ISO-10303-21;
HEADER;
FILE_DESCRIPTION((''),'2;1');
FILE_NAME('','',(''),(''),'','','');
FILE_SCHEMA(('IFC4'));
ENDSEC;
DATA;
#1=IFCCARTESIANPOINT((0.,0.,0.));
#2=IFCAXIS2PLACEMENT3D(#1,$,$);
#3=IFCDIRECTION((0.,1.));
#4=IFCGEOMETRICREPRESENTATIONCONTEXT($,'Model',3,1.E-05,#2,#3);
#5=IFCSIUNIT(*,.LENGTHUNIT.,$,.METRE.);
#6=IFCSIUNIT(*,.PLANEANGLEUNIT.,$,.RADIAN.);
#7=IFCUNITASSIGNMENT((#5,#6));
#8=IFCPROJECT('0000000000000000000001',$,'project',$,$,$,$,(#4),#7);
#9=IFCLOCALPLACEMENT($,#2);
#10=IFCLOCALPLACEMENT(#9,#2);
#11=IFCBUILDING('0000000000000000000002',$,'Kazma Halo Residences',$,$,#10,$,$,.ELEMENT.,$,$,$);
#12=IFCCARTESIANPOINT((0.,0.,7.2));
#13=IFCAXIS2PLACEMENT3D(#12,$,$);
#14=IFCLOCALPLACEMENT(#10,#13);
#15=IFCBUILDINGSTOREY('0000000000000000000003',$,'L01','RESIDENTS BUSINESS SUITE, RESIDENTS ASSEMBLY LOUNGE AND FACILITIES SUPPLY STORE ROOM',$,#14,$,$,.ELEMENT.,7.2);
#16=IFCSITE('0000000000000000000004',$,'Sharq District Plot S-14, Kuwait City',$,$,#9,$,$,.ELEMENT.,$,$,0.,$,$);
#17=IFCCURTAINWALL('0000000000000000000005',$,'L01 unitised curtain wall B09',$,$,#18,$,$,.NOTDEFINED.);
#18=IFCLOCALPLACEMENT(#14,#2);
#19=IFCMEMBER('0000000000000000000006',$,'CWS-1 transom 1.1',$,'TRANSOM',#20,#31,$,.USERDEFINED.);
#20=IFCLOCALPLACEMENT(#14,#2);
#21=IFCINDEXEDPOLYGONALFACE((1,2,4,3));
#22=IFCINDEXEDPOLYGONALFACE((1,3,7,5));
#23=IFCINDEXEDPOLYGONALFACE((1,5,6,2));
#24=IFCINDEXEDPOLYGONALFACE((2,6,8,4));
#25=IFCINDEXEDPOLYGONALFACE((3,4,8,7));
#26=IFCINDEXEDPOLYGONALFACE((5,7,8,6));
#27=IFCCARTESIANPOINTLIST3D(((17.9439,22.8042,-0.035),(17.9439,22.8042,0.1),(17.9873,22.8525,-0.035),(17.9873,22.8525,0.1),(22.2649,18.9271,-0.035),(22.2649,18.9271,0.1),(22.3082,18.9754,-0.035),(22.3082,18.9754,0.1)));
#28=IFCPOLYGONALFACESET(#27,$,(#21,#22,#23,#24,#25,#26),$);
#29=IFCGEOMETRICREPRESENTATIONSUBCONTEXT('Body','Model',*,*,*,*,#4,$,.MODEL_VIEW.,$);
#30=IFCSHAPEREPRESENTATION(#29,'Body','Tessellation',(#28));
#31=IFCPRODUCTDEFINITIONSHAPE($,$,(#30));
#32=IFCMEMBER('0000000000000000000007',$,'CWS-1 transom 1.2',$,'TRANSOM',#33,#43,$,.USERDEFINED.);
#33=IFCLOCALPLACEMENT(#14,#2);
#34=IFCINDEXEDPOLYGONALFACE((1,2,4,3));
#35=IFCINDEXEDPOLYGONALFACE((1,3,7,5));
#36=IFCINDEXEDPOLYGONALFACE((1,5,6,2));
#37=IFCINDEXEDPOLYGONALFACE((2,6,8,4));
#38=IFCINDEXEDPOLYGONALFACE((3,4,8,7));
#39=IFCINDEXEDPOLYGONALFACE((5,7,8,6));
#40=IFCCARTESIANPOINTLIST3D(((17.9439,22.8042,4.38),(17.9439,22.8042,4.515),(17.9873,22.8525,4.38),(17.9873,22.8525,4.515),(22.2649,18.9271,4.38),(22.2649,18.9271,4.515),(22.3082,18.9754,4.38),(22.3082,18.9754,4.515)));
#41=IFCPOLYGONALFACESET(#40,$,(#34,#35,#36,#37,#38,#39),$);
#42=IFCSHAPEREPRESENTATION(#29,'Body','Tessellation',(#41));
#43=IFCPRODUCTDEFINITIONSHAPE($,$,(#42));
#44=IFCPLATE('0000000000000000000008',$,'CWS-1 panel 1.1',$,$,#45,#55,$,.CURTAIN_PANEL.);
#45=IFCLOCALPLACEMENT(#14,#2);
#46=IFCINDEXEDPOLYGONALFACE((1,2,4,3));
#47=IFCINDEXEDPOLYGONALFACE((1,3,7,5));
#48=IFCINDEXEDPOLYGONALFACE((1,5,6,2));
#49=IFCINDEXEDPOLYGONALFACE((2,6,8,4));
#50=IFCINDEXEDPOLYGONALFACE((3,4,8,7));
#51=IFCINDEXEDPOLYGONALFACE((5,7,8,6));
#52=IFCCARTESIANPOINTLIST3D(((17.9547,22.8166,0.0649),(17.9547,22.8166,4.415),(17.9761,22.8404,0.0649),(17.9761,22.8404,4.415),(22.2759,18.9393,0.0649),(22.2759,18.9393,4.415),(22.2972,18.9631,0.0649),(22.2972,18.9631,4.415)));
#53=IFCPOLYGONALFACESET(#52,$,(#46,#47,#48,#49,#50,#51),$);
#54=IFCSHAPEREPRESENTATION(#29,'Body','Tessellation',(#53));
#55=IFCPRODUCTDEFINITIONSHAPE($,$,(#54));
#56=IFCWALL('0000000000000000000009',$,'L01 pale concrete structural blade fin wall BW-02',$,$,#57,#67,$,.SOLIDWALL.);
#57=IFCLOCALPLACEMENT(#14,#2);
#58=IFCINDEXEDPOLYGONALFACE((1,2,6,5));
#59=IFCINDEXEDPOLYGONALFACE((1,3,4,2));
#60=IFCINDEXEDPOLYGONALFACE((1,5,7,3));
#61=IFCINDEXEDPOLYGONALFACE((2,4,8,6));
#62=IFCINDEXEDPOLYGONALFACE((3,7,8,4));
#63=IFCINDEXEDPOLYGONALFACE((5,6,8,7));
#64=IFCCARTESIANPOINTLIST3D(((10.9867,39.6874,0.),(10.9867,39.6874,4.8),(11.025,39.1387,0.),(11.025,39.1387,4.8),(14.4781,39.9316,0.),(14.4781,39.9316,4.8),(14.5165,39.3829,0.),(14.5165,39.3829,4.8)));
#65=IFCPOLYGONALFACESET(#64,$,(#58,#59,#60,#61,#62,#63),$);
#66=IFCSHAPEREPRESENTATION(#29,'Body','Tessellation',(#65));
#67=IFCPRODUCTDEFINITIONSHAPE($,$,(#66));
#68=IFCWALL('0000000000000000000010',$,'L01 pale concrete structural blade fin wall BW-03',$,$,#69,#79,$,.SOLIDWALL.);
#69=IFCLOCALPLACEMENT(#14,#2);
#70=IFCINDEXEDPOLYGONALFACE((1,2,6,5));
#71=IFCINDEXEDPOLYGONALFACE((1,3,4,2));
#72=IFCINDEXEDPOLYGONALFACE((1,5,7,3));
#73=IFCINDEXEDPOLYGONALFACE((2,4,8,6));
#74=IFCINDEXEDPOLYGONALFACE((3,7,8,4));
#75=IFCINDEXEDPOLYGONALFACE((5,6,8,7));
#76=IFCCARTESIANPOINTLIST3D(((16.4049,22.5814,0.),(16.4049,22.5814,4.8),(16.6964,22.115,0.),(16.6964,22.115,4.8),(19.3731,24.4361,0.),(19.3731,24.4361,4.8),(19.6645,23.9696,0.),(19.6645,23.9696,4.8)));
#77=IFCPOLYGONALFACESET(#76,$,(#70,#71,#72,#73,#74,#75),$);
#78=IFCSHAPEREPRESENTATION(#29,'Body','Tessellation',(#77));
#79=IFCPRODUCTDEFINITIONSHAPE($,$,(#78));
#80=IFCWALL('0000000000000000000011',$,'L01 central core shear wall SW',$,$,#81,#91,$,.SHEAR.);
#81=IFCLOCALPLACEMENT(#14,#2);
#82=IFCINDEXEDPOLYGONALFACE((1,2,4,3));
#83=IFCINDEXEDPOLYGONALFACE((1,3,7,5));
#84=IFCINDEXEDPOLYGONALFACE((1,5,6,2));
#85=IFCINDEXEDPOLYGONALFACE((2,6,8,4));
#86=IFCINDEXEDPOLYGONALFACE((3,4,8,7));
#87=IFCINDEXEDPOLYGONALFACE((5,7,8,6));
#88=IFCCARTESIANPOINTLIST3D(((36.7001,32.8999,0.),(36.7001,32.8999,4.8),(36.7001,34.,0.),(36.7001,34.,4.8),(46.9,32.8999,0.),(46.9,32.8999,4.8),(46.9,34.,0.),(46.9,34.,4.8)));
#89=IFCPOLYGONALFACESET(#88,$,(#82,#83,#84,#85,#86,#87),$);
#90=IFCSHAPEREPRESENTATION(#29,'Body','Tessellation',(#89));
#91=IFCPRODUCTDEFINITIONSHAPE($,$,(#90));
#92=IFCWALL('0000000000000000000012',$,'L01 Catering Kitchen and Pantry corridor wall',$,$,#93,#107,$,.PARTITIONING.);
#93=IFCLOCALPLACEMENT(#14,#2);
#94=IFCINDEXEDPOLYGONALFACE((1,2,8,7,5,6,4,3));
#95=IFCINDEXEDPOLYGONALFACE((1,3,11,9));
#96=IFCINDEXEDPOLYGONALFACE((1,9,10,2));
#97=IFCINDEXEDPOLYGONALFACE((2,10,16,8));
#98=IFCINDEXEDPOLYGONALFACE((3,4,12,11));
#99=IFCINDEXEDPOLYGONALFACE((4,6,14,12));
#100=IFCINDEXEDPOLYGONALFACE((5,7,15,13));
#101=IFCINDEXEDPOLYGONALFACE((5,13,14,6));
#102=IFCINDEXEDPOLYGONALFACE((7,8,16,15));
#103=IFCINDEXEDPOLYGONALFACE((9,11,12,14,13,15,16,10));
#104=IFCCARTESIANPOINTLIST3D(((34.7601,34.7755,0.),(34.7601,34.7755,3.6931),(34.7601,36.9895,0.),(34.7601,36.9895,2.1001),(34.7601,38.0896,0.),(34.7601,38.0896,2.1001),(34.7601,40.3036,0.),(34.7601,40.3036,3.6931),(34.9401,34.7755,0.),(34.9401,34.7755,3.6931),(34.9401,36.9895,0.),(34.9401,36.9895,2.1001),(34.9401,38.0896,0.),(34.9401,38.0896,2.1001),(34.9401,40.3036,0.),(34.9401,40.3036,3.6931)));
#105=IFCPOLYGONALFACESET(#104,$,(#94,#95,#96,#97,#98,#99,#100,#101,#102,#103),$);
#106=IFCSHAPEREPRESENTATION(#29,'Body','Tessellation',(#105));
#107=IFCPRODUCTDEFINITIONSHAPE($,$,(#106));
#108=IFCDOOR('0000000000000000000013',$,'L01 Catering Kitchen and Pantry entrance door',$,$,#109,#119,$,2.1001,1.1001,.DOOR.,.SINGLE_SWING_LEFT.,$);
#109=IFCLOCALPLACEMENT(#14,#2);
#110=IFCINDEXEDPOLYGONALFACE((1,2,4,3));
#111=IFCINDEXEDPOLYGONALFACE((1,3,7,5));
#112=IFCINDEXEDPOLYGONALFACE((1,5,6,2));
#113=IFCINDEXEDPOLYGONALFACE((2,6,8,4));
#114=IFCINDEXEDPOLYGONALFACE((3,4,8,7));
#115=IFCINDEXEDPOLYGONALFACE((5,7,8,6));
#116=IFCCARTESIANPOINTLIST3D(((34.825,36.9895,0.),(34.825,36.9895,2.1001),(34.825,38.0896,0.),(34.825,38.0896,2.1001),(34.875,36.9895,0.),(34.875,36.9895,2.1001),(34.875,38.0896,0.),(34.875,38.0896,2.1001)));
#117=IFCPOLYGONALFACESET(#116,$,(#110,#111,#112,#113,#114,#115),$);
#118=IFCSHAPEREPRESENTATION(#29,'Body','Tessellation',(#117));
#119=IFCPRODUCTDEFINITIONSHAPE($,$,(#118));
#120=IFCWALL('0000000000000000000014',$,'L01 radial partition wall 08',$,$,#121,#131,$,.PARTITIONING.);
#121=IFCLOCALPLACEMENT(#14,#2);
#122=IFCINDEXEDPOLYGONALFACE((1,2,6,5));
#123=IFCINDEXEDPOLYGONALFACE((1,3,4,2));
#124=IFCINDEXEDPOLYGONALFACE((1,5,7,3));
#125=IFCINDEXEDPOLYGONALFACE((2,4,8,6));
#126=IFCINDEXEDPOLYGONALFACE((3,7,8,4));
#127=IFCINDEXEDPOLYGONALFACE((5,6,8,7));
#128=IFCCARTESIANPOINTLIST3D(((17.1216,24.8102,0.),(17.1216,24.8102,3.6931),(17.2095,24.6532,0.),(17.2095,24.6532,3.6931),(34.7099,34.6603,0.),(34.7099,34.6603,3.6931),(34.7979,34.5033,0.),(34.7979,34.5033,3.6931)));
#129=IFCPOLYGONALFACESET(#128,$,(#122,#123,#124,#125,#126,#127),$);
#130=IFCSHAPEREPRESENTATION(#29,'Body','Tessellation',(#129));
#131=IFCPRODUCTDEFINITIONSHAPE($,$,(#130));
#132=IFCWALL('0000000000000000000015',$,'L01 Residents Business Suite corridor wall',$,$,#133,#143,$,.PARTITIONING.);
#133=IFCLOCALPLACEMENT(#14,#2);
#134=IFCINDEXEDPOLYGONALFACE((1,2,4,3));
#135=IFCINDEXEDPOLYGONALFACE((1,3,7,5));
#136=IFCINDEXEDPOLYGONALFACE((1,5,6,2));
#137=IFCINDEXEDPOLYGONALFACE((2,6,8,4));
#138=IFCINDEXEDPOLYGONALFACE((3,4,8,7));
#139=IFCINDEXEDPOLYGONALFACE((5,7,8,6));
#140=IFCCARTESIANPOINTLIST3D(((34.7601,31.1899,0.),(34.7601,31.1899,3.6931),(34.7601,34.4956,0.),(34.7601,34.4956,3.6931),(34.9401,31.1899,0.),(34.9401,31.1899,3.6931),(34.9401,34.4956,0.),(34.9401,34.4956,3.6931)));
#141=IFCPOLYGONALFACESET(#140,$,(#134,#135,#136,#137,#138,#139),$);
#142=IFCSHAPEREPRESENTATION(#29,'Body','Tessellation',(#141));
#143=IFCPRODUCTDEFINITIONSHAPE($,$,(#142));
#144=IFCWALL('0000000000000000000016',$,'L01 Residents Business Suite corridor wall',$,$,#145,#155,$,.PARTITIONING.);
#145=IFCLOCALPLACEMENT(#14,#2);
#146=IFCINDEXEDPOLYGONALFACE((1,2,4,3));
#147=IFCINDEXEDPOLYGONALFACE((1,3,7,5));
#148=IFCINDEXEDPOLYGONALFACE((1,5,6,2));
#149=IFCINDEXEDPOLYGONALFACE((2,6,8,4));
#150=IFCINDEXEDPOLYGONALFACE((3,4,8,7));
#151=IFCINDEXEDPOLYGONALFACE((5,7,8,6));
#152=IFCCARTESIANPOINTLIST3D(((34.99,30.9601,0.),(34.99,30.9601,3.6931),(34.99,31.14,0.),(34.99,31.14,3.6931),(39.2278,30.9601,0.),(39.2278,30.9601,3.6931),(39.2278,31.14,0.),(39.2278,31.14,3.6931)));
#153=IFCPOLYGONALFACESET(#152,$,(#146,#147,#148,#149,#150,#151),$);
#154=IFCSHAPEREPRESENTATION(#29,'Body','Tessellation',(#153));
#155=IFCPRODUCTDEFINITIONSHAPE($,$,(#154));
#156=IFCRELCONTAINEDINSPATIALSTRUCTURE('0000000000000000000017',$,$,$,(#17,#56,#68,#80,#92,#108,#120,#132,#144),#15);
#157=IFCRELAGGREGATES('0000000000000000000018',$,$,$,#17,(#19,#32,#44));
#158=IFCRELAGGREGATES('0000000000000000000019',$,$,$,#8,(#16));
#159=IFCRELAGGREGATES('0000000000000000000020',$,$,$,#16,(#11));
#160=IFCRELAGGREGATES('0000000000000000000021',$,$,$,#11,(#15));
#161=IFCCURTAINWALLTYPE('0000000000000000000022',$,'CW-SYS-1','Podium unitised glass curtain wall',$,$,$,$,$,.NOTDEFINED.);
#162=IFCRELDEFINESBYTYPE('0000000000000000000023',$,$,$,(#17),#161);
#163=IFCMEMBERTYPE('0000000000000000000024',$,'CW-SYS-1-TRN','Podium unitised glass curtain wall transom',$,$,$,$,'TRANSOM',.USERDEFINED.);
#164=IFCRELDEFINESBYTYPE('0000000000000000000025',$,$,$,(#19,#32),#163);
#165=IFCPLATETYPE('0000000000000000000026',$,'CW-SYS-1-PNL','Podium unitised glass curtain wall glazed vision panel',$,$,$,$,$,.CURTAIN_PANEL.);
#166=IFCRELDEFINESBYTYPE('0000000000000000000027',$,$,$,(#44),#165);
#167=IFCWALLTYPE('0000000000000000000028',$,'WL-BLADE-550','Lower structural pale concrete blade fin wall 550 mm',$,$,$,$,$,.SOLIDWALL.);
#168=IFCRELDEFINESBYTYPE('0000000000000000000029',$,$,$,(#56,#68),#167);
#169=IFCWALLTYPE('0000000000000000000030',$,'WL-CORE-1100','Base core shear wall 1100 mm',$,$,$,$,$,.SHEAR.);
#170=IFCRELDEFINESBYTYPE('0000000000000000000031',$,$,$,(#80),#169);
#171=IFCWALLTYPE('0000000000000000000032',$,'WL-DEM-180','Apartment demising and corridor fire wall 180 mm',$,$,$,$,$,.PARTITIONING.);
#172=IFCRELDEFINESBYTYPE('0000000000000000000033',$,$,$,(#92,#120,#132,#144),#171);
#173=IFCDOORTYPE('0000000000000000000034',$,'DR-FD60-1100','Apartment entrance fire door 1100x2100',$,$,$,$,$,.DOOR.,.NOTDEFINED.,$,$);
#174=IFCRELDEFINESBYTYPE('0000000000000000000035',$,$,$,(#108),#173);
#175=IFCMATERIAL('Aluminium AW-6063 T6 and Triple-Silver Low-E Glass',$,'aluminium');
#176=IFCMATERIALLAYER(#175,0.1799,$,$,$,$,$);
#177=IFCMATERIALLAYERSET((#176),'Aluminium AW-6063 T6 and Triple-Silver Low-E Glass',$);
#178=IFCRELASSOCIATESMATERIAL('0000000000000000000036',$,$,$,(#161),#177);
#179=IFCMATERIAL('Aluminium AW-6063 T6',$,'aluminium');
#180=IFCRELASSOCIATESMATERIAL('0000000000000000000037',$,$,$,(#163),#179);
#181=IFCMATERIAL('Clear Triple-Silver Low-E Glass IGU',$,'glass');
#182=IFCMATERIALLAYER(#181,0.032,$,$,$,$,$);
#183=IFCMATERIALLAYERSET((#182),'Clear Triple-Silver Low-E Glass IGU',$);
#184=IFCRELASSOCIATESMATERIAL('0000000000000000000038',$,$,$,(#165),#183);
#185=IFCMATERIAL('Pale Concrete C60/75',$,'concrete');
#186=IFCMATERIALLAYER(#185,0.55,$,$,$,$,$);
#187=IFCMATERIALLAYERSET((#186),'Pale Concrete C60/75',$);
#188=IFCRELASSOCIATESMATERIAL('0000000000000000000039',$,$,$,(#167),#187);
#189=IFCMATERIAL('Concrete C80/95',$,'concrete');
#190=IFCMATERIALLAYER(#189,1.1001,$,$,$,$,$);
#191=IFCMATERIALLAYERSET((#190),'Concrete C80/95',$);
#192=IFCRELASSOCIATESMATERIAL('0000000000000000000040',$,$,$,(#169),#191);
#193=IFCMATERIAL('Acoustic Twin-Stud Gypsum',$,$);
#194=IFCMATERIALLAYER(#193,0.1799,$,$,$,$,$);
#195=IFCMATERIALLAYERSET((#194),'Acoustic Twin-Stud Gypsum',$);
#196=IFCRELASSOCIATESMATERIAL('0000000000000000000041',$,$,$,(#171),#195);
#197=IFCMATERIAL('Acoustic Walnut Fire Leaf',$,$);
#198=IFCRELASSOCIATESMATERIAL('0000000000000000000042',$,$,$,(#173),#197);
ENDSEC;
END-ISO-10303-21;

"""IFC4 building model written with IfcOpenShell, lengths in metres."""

from ifc_helpers import new_model, si_unit, direction, frame, frame_2d, origin, origin_2d, place, context, subcontext, project, spatial, rectangle, extrude, material, layer, layer_set, material_profile, profile_set, type_object, element, fill, aggregate, save


model = new_model("IFC4")

# Units and contexts
model_context = context("Model", 3, precision=1e-05, world=origin(), true_north=direction((0.0, 1.0)))
body_context = subcontext(model_context, "Body", "Model", "MODEL_VIEW")
ifc_project = project(units=[si_unit("LENGTHUNIT", "METRE"), si_unit("PLANEANGLEUNIT", "RADIAN")], contexts=[model_context])

# Site, building, storey
site_placement = place(None, origin())
site = spatial("IfcSite", under=ifc_project, at=site_placement, Name="Sharq District Plot S-14, Kuwait City", CompositionType="ELEMENT", RefElevation=0.0)
building_placement = place(site_placement, origin())
building = spatial("IfcBuilding", under=site, at=building_placement, Name="Kazma Halo Residences", CompositionType="ELEMENT")
storey_placement = place(building_placement, frame((0.0, 0.0, 7.2)))
storey = spatial("IfcBuildingStorey", under=building, at=storey_placement, Name="L01", Description="RESIDENTS BUSINESS SUITE, RESIDENTS ASSEMBLY LOUNGE AND FACILITIES SUPPLY STORE ROOM", CompositionType="ELEMENT", Elevation=7.2)

# Shared definitions
ifc_material_1 = material(Name="Concrete C80/95", Category="concrete")

# Shared definitions
ifc_material_2 = material(Name="Aluminium AW-6063 T6 and Triple-Silver Low-E Glass", Category="aluminium")
ifc_layer_1 = layer(ifc_material_2, 0.1799)
ifc_layer_set_1 = layer_set([ifc_layer_1], Name="Aluminium AW-6063 T6 and Triple-Silver Low-E Glass")
curtain_wall_type = type_object("IfcCurtainWallType", Name="CW-SYS-1", Description="Podium unitised glass curtain wall", PredefinedType="NOTDEFINED", material=ifc_layer_set_1)
ifc_material_3 = material(Name="Aluminium AW-6063 T6", Category="aluminium")

# Curtain wall, members, plate
curtain_wall_1_placement = place(storey_placement, origin())
curtain_wall_1 = element("IfcCurtainWall", 1, at=curtain_wall_1_placement, inside=storey, type_object=curtain_wall_type, Name="L01 unitised curtain wall B09", PredefinedType="NOTDEFINED")
ifc_material_profile_1 = material_profile(ifc_material_3, rectangle(XDim=0.0649, YDim=0.135, at=origin_2d()), Name="CWT-65x135")
ifc_profile_set_1 = profile_set([ifc_material_profile_1], Name="Aluminium AW-6063 T6")
member_type_1 = type_object("IfcMemberType", Name="CW-SYS-1-TRN", Description="Podium unitised glass curtain wall transom", ElementType="TRANSOM", PredefinedType="USERDEFINED", material=ifc_profile_set_1)
member_1_placement = place(storey_placement, frame((17.9656, 22.8284, 0.0325), z_axis=(0.744299, -0.667846, 0.0), x_axis=(0.667846, 0.744299, 0.0)))
member_1 = element("IfcMember", 2, at=member_1_placement, type_object=member_type_1, Name="CWS-1 transom 1.1", ObjectType="TRANSOM", PredefinedType="USERDEFINED", context=body_context, shape_type="SweptSolid", body=[
    extrude(rectangle(XDim=0.0649, YDim=0.135, at=origin_2d()), origin(), (0.0, 0.0, 1.0), 5.8054),
])
member_2_placement = place(storey_placement, frame((17.9656, 22.8284, 4.4475), z_axis=(0.744299, -0.667846, 0.0), x_axis=(0.667846, 0.744299, 0.0)))
member_2 = element("IfcMember", 3, at=member_2_placement, type_object=member_type_1, Name="CWS-1 transom 1.2", ObjectType="TRANSOM", PredefinedType="USERDEFINED", context=body_context, shape_type="SweptSolid", body=[
    extrude(rectangle(XDim=0.0649, YDim=0.135, at=origin_2d()), origin(), (0.0, 0.0, 1.0), 5.8054),
])
ifc_material_4 = material(Name="Clear Triple-Silver Low-E Glass IGU", Category="glass")
ifc_layer_2 = layer(ifc_material_4, 0.032)
ifc_layer_set_2 = layer_set([ifc_layer_2], Name="Clear Triple-Silver Low-E Glass IGU")
plate_type = type_object("IfcPlateType", Name="CW-SYS-1-PNL", Description="Podium unitised glass curtain wall glazed vision panel", PredefinedType="CURTAIN_PANEL", material=ifc_layer_set_2)
plate_placement = place(storey_placement, frame((20.126, 20.8899, 0.0649), z_axis=(0.0, 0.0, 1.0), x_axis=(0.744298, -0.667848, 0.0)))
plate = element("IfcPlate", 4, at=plate_placement, type_object=plate_type, Name="CWS-1 panel 1.1", PredefinedType="CURTAIN_PANEL", context=body_context, shape_type="SweptSolid", body=[
    extrude(rectangle(XDim=5.8057, YDim=0.032, at=origin_2d()), origin(), (0.0, 0.0, 1.0), 4.3501),
])
aggregate(curtain_wall_1, [member_1, member_2, plate])

# Walls
ifc_material_5 = material(Name="Pale Concrete C60/75", Category="concrete")
ifc_layer_3 = layer(ifc_material_5, 0.55)
ifc_layer_set_3 = layer_set([ifc_layer_3], Name="Pale Concrete C60/75")
wall_type_1 = type_object("IfcWallType", Name="WL-BLADE-550", Description="Lower structural pale concrete blade fin wall 550 mm", PredefinedType="SOLIDWALL", material=ifc_layer_set_3)
for number, where, z_axis, x_axis, name in (
    (5, (14.4973, 39.6572, 0.0), (0.0, 0.0, 1.0), (-0.997564, -0.069755, 0.0), "L01 pale concrete structural blade fin wall BW-02"),
    (6, (19.5188, 24.2029, 0.0), (0.0, 0.0, 1.0), (-0.848053, -0.529911, 0.0), "L01 pale concrete structural blade fin wall BW-03"),
):
    element("IfcWall", number, at=place(storey_placement, frame(where, z_axis=z_axis, x_axis=x_axis)), inside=storey, type_object=wall_type_1, Name=name, PredefinedType="SOLIDWALL", context=body_context, shape_type="SweptSolid", body=[
        extrude(rectangle(XDim=3.5, YDim=0.55, at=frame_2d((1.75, 0.0))), origin(), (0.0, 0.0, 1.0), 4.8),
    ])
ifc_layer_4 = layer(ifc_material_1, 1.1001)
ifc_layer_set_4 = layer_set([ifc_layer_4], Name="Concrete C80/95")
wall_type_2 = type_object("IfcWallType", Name="WL-CORE-1100", Description="Base core shear wall 1100 mm", PredefinedType="SHEAR", material=ifc_layer_set_4)
wall_1_placement = place(storey_placement, frame((36.7, 33.45, 0.0), z_axis=(0.0, 0.0, 1.0), x_axis=(1.0, 0.0, 0.0)))
element("IfcWall", 7, at=wall_1_placement, inside=storey, type_object=wall_type_2, Name="L01 central core shear wall SW", PredefinedType="SHEAR", context=body_context, shape_type="SweptSolid", body=[
    extrude(rectangle(XDim=10.2, YDim=1.1001, at=frame_2d((5.1001, 0.0))), origin(), (0.0, 0.0, 1.0), 4.8),
])

# Wall, opening, door
ifc_material_6 = material(Name="Acoustic Twin-Stud Gypsum")
ifc_layer_5 = layer(ifc_material_6, 0.1799)
ifc_layer_set_5 = layer_set([ifc_layer_5], Name="Acoustic Twin-Stud Gypsum")
wall_type_3 = type_object("IfcWallType", Name="WL-DEM-180", Description="Apartment demising and corridor fire wall 180 mm", PredefinedType="PARTITIONING", material=ifc_layer_set_5)
wall_2_placement = place(storey_placement, frame((34.8501, 40.3037, 0.0), z_axis=(0.0, 0.0, 1.0), x_axis=(0.0, -1.0, 0.0)))
wall_2 = element("IfcWall", 8, at=wall_2_placement, inside=storey, type_object=wall_type_3, Name="L01 Catering Kitchen and Pantry corridor wall", PredefinedType="PARTITIONING", context=body_context, shape_type="SweptSolid", body=[
    extrude(rectangle(XDim=5.5281, YDim=0.1799, at=frame_2d((2.7642, 0.0))), origin(), (0.0, 0.0, 1.0), 3.6931),
])
opening_1_placement = place(wall_2_placement, frame((2.2141, 0.0, 0.0)))
opening_1 = element("IfcOpeningElement", 9, at=opening_1_placement, cuts=wall_2, PredefinedType="OPENING", context=body_context, shape_type="SweptSolid", body=[
    extrude(rectangle(XDim=1.1001, YDim=2.1001, at=frame_2d((0.55, 1.05))), frame((0.0, 0.0999, 0.0), z_axis=(0.0, -1.0, 0.0), x_axis=(1.0, 0.0, 0.0)), (0.0, 0.0, 1.0), 0.2),
])
ifc_material_7 = material(Name="Acoustic Walnut Fire Leaf")
door_type = type_object("IfcDoorType", Name="DR-FD60-1100", Description="Apartment entrance fire door 1100x2100", OperationType="NOTDEFINED", PredefinedType="DOOR", material=ifc_material_7)
door_placement = place(opening_1_placement, origin())
door = element("IfcDoor", 10, at=door_placement, inside=storey, type_object=door_type, Name="L01 Catering Kitchen and Pantry entrance door", OperationType="SINGLE_SWING_LEFT", OverallHeight=2.1001, OverallWidth=1.1001, PredefinedType="DOOR", context=body_context, shape_type="SweptSolid", body=[
    extrude(rectangle(XDim=1.1001, YDim=2.1001, at=frame_2d((0.55, 1.05))), frame((0.0, 0.0249, 0.0), z_axis=(0.0, -1.0, 0.0), x_axis=(1.0, 0.0, 0.0)), (0.0, 0.0, 1.0), 0.05),
])
fill(opening_1, door)

# Walls
wall_3_placement = place(storey_placement, frame((34.7539, 34.5818, 0.0), z_axis=(0.0, 0.0, 1.0), x_axis=(-0.872493, -0.488626, 0.0)))
element("IfcWall", 11, at=wall_3_placement, inside=storey, type_object=wall_type_3, Name="L01 radial partition wall 08", PredefinedType="PARTITIONING", context=body_context, shape_type="SweptSolid", body=[
    extrude(rectangle(XDim=20.1587, YDim=0.1799, at=frame_2d((10.0793, 0.0))), origin(), (0.0, 0.0, 1.0), 3.6931),
])
wall_4_placement = place(storey_placement, frame((34.8501, 34.4956, 0.0), z_axis=(0.0, 0.0, 1.0), x_axis=(0.0, -1.0, 0.0)))
element("IfcWall", 12, at=wall_4_placement, inside=storey, type_object=wall_type_3, Name="L01 Residents Business Suite corridor wall", PredefinedType="PARTITIONING", context=body_context, shape_type="SweptSolid", body=[
    extrude(rectangle(XDim=3.3057, YDim=0.1799, at=frame_2d((1.6528, 0.0))), origin(), (0.0, 0.0, 1.0), 3.6931),
])
wall_5_placement = place(storey_placement, frame((34.99, 31.05, 0.0), z_axis=(0.0, 0.0, 1.0), x_axis=(1.0, 0.0, 0.0)))
element("IfcWall", 13, at=wall_5_placement, inside=storey, type_object=wall_type_3, Name="L01 Residents Business Suite corridor wall", PredefinedType="PARTITIONING", context=body_context, shape_type="SweptSolid", body=[
    extrude(rectangle(XDim=4.2378, YDim=0.1799, at=frame_2d((2.1189, 0.0))), origin(), (0.0, 0.0, 1.0), 3.6931),
])

save(model, "model.ifc")
